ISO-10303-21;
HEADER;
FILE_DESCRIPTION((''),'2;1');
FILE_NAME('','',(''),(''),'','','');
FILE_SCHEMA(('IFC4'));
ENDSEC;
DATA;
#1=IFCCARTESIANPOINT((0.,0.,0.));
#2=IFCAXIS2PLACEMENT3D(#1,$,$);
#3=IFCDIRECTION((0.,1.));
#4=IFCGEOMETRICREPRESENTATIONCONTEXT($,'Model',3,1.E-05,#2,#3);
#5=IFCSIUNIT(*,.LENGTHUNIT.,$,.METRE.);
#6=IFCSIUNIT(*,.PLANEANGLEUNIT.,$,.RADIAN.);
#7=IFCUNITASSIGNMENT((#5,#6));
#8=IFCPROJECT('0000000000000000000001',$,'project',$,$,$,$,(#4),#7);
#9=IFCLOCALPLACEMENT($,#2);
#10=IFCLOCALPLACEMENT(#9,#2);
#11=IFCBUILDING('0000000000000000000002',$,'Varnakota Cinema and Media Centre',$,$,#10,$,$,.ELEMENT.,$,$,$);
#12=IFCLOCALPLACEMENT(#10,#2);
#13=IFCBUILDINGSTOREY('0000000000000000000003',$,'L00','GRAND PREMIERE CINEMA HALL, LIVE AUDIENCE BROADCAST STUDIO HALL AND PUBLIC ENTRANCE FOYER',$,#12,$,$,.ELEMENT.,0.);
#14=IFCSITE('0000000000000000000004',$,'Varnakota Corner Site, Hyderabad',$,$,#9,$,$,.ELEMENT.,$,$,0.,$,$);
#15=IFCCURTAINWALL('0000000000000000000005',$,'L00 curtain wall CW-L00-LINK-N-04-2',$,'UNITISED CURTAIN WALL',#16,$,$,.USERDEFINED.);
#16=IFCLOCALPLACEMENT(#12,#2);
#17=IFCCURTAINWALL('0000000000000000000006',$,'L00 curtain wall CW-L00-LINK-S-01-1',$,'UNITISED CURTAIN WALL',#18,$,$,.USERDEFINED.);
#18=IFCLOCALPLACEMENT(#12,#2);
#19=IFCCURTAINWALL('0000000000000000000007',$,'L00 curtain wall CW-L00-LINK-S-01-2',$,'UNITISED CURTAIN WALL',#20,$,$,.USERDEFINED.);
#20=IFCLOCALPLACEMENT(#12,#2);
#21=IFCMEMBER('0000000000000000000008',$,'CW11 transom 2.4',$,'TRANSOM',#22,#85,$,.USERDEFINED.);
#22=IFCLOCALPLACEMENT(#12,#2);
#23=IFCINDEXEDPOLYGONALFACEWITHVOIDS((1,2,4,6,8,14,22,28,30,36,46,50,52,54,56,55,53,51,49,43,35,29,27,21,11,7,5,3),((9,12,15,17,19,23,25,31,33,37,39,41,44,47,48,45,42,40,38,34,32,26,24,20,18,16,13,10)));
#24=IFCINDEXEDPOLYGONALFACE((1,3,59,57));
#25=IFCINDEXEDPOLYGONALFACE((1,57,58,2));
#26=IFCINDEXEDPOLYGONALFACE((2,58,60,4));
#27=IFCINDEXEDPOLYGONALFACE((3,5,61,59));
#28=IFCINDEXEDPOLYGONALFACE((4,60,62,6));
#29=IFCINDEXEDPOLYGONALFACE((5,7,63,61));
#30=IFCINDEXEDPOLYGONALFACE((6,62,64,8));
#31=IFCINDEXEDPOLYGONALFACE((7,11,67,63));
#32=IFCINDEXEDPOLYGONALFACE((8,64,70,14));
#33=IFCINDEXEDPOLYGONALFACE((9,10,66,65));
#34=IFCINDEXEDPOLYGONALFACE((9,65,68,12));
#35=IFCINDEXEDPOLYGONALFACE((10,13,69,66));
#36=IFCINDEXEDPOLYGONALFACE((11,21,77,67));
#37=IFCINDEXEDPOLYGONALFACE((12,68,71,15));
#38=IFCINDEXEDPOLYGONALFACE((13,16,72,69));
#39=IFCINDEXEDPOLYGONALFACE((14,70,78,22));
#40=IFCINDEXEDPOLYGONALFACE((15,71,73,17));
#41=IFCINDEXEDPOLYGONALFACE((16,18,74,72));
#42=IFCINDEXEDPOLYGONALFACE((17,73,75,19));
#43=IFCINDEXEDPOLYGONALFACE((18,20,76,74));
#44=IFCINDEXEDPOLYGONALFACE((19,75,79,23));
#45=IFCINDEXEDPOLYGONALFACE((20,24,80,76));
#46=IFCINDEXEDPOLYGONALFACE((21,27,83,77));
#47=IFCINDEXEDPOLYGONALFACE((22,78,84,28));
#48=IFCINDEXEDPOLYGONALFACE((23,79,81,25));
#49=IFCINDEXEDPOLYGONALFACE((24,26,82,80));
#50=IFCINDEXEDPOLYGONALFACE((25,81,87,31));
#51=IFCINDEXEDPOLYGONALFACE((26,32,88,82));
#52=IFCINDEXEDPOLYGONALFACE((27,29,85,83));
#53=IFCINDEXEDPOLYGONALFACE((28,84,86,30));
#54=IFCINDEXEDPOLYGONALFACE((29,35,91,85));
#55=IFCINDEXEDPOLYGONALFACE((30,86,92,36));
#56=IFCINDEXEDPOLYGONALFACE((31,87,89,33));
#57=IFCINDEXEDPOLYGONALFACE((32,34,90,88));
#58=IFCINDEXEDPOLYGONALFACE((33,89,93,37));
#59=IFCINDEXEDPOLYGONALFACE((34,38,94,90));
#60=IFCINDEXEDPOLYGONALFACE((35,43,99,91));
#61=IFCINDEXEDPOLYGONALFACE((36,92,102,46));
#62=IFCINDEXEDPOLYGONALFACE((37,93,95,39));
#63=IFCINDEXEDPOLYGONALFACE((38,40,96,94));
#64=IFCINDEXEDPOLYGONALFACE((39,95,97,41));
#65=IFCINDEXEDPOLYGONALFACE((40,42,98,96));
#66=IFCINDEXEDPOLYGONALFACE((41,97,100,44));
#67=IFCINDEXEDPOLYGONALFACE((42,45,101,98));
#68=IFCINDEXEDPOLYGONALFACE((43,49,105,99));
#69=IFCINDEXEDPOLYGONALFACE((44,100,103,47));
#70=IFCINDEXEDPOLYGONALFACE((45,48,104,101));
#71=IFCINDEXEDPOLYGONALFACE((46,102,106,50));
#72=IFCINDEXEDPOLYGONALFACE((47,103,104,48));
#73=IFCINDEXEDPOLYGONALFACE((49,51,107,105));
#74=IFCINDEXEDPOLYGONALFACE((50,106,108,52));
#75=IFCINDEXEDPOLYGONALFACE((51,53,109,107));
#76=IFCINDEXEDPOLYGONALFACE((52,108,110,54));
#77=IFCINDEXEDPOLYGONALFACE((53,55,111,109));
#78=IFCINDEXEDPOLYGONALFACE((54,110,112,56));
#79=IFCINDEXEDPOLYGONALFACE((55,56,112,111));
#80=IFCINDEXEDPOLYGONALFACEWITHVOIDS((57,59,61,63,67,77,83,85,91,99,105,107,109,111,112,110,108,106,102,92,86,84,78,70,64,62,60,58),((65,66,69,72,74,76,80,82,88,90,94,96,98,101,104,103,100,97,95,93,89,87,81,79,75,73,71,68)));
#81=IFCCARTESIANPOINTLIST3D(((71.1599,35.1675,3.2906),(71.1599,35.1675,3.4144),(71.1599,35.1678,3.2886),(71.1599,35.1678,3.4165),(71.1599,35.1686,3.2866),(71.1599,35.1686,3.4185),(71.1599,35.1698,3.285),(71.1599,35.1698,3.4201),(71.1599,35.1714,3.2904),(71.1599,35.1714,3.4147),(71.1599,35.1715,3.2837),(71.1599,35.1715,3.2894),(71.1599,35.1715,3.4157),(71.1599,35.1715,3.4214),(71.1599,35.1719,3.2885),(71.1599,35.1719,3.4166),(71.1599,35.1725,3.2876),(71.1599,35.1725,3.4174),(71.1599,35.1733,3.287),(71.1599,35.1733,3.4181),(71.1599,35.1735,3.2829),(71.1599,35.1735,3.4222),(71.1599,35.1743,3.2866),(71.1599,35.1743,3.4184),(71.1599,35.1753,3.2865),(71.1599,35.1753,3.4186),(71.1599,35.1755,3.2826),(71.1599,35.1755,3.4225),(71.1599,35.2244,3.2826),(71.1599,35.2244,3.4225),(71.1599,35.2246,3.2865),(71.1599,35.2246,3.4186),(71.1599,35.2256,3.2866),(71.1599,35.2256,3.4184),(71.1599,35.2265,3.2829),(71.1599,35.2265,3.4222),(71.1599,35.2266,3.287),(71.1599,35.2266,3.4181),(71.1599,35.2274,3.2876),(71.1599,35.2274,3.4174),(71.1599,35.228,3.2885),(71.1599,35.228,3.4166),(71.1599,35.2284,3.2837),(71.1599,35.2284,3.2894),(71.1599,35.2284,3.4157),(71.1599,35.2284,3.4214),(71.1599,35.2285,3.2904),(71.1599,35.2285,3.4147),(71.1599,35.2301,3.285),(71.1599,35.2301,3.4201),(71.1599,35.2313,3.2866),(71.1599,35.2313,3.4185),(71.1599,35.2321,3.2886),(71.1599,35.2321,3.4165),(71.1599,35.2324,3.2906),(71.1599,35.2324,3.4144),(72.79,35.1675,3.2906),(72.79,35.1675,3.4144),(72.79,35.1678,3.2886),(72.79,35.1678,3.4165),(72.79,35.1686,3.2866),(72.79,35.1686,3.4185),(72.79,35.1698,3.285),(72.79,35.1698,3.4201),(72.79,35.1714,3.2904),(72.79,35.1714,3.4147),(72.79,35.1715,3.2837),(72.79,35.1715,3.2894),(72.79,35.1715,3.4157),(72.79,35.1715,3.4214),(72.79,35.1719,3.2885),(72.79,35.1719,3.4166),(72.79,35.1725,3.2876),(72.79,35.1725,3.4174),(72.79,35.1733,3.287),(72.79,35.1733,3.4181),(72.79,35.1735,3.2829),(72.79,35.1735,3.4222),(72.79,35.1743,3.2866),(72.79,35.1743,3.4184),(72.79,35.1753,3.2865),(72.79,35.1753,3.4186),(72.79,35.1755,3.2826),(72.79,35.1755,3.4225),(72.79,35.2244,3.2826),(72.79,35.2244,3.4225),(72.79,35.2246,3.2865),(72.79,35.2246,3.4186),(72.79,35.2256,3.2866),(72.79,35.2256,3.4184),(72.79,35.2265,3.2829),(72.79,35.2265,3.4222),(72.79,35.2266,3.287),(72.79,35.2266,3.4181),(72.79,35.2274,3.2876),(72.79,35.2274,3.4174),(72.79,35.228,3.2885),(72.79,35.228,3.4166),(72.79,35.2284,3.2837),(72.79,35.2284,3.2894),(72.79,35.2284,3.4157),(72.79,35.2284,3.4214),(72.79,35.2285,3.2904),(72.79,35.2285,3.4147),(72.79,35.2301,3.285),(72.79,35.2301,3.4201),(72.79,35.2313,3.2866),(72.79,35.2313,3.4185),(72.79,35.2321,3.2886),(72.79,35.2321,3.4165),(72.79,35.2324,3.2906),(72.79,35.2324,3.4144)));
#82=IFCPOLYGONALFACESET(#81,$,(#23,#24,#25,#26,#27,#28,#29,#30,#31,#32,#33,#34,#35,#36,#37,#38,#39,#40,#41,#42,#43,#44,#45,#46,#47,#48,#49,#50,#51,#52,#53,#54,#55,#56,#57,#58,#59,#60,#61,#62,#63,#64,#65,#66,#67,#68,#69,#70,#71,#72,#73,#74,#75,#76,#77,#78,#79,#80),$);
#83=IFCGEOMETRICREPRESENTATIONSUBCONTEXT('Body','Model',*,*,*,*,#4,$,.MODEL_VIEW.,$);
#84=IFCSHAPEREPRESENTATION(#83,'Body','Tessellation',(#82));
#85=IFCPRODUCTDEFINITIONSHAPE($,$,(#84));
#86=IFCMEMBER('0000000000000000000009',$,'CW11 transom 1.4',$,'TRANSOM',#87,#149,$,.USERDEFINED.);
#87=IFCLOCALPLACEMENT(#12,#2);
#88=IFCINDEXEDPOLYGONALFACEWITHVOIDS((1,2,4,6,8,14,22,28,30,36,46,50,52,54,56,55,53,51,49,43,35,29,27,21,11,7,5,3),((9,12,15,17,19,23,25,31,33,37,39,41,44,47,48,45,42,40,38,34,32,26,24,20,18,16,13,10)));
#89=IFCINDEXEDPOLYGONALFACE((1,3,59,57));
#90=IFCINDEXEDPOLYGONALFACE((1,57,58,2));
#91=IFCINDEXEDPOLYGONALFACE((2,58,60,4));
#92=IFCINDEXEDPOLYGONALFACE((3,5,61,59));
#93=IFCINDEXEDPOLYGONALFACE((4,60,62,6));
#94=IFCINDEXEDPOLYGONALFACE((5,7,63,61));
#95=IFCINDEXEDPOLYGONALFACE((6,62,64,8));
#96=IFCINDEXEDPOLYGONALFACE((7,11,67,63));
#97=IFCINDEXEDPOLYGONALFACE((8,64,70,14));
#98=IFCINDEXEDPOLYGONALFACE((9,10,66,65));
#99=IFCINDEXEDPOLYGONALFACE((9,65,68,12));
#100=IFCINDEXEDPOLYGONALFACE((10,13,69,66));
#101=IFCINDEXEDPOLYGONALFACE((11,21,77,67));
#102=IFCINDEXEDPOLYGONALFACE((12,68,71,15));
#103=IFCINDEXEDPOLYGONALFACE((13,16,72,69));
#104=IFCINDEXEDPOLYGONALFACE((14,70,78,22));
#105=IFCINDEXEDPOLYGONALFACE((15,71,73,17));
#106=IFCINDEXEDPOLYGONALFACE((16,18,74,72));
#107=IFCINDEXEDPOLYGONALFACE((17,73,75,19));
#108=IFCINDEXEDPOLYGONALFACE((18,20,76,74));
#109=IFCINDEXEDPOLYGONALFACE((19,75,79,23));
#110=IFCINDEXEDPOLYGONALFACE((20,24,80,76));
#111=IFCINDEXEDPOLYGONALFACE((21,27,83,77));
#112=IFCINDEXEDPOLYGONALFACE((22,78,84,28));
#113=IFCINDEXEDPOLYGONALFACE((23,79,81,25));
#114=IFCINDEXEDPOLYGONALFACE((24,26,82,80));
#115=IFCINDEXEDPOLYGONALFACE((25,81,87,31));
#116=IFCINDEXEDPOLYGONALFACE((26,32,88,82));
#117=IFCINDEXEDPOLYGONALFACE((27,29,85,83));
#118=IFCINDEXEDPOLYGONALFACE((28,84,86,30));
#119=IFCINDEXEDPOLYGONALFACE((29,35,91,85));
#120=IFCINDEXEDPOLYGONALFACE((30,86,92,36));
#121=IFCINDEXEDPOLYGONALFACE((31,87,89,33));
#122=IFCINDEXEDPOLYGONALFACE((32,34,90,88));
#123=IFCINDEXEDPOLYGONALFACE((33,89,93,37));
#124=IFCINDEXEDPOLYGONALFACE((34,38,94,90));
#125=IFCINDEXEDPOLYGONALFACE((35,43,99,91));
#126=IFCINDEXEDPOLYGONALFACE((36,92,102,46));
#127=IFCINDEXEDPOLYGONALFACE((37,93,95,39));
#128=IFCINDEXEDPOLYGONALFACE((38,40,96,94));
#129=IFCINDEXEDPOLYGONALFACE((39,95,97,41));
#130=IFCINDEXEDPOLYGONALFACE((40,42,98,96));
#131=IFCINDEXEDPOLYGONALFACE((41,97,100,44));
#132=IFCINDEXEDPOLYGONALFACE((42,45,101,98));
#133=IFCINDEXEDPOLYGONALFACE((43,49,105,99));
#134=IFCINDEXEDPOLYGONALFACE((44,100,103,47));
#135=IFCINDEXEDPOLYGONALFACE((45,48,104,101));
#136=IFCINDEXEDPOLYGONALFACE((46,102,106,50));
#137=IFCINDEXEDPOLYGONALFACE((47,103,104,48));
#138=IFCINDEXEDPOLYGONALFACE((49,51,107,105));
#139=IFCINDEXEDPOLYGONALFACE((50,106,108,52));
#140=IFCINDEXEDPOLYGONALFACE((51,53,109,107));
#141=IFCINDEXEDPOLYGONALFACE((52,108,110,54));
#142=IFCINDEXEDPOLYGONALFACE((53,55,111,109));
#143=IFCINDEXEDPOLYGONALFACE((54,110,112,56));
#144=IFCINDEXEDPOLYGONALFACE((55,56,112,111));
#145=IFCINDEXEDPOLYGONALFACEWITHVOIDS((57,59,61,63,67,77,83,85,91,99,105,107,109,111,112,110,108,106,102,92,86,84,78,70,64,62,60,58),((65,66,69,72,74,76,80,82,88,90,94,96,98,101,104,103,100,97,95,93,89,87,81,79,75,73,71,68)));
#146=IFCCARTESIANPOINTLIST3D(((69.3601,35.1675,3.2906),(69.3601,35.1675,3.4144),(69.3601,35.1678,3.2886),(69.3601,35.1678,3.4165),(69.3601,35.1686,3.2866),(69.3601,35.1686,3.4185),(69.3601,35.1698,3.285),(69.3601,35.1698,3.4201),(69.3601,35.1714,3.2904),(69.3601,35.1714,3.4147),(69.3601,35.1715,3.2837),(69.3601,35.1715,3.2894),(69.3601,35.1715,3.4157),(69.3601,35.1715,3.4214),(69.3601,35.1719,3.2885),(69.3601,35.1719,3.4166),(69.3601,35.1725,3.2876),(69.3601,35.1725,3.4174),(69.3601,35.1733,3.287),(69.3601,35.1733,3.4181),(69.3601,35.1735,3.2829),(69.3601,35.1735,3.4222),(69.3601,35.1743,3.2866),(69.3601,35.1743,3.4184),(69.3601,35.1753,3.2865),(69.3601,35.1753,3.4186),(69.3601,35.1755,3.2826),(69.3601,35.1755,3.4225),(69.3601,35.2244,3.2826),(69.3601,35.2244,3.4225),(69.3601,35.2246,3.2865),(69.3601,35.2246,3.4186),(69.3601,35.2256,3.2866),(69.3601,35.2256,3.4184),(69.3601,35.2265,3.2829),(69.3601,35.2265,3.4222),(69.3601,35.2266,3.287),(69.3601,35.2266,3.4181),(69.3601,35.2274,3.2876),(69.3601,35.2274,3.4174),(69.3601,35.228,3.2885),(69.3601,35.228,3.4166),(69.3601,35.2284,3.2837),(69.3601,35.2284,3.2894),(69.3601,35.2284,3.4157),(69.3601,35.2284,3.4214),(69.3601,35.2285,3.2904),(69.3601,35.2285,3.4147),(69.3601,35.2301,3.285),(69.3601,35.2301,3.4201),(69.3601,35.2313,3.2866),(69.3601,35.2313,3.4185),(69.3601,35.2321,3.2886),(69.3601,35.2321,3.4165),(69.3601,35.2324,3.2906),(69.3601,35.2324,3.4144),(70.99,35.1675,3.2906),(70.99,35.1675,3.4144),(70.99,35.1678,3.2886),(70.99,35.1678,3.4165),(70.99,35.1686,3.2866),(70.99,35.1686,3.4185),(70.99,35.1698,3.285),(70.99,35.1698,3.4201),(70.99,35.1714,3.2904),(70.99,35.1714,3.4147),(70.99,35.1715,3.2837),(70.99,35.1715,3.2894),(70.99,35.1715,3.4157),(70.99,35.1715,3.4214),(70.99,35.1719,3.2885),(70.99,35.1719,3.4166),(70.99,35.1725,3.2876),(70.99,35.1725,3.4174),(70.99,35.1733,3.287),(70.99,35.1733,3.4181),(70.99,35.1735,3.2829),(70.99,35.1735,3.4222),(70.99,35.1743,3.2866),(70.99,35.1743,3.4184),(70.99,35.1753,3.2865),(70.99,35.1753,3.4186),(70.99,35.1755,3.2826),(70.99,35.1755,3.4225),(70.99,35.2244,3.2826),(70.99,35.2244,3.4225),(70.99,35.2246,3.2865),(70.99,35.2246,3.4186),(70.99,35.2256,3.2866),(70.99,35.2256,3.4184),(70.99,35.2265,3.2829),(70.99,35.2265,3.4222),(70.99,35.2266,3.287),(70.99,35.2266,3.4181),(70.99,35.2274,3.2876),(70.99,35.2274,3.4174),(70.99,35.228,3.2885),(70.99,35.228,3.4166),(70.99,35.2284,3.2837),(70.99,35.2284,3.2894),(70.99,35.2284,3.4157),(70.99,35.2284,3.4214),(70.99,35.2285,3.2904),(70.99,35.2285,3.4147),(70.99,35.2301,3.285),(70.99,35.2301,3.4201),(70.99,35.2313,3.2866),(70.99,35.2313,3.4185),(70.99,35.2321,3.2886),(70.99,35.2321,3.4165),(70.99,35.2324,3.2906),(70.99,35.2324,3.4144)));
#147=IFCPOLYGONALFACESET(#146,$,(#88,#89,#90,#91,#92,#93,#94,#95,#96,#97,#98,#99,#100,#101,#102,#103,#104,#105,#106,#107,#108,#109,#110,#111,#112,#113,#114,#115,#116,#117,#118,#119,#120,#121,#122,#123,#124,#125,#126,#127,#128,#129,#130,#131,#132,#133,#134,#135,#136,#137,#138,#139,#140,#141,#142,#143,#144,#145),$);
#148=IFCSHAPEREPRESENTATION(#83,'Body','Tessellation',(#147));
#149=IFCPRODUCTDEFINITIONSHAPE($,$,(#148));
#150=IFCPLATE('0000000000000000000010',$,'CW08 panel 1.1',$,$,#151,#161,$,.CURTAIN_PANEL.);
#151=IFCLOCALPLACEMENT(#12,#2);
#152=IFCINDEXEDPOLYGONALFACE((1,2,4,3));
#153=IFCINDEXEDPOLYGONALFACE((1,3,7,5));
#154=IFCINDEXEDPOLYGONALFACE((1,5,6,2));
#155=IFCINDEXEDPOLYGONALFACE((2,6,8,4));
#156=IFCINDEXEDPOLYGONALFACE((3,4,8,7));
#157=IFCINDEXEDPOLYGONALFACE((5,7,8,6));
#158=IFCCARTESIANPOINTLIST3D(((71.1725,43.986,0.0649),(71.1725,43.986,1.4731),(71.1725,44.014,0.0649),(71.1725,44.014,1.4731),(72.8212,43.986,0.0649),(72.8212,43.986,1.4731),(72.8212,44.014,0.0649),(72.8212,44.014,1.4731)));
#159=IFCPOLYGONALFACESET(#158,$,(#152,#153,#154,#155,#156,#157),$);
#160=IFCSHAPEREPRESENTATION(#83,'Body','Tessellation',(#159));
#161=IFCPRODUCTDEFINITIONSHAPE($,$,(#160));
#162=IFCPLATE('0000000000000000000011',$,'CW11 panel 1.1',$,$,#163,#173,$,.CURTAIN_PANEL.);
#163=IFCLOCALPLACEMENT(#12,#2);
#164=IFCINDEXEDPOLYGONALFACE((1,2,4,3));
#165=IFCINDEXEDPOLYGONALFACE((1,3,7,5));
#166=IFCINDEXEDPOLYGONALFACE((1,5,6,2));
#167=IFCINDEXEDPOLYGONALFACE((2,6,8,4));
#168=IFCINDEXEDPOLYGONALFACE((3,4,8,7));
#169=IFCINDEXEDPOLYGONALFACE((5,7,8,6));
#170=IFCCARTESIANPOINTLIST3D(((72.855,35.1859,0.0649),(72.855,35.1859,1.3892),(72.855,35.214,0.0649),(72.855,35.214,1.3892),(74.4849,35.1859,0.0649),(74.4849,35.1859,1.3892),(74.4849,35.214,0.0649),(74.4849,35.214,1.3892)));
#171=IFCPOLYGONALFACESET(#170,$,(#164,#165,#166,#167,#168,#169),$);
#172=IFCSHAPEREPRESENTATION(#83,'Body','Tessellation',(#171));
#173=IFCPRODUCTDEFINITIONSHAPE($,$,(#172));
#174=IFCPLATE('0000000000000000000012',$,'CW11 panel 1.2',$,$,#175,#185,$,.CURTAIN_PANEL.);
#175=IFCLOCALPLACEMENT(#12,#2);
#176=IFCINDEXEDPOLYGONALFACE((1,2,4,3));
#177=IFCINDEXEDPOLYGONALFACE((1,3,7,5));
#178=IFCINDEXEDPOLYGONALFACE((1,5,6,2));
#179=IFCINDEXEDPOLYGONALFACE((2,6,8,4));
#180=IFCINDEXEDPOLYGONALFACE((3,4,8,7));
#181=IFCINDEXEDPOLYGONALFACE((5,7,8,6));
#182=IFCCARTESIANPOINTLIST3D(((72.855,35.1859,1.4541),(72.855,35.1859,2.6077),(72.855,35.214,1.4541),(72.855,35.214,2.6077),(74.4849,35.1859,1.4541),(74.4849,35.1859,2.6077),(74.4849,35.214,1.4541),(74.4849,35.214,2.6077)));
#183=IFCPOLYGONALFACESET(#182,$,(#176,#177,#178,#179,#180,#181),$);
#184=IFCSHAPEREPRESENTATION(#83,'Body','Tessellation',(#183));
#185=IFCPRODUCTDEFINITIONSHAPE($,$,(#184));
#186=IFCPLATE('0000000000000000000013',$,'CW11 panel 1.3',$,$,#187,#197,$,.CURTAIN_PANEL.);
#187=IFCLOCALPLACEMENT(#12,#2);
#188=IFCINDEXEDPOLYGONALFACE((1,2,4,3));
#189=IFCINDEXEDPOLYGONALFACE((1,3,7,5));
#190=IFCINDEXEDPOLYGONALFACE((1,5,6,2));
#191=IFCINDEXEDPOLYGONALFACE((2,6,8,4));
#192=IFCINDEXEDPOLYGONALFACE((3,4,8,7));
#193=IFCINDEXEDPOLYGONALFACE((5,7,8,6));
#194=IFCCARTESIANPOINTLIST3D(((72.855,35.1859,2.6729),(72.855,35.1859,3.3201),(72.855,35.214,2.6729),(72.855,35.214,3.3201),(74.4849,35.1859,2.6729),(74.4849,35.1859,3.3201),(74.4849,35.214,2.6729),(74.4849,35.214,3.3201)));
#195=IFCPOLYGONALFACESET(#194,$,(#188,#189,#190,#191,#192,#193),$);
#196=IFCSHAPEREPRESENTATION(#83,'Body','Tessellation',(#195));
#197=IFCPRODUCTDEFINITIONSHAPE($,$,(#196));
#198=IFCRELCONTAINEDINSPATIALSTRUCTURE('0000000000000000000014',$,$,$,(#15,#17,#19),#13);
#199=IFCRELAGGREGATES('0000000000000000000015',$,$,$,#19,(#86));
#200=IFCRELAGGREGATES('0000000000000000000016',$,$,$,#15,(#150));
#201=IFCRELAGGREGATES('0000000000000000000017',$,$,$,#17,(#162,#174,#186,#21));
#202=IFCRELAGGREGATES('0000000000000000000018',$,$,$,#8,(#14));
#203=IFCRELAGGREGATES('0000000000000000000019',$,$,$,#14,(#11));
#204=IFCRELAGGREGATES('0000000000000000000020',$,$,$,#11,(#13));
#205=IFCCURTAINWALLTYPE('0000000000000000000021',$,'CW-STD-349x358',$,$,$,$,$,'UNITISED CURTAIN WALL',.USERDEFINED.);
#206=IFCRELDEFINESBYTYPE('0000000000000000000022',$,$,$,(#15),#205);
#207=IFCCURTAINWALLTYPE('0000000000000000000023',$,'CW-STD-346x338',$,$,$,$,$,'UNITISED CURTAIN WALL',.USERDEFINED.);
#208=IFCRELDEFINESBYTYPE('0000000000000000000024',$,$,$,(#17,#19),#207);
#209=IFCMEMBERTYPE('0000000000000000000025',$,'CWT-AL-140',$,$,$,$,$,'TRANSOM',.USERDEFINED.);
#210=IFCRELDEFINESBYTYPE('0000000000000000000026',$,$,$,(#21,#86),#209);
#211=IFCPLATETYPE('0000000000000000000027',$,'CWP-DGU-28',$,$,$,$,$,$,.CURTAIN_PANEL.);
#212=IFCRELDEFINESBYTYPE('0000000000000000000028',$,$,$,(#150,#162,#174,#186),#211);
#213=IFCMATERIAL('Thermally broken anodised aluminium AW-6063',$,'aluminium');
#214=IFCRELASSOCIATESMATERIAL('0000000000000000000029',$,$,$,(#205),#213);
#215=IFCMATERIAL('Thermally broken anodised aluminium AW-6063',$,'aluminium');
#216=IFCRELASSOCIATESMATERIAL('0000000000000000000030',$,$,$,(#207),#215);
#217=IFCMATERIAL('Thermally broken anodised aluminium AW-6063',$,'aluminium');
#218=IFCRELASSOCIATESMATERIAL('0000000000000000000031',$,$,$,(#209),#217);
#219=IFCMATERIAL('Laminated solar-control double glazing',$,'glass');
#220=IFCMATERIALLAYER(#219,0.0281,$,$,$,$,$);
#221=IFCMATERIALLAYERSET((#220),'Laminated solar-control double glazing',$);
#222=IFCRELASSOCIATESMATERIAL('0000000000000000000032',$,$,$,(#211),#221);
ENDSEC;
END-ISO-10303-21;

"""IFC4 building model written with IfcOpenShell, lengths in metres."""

from ifc_helpers import new_model, si_unit, direction, frame, origin, origin_2d, place, context, subcontext, project, spatial, rectangle, hollow_rectangle, extrude, material, layer, layer_set, material_profile, profile_set, type_object, element, aggregate, save


model = new_model("IFC4")

# Units and contexts
model_context = context("Model", 3, precision=1e-05, world=origin(), true_north=direction((0.0, 1.0)))
body_context = subcontext(model_context, "Body", "Model", "MODEL_VIEW")
ifc_project = project(units=[si_unit("LENGTHUNIT", "METRE"), si_unit("PLANEANGLEUNIT", "RADIAN")], contexts=[model_context])

# Site, building, storey
site_placement = place(None, origin())
site = spatial("IfcSite", under=ifc_project, at=site_placement, Name="Varnakota Corner Site, Hyderabad", CompositionType="ELEMENT", RefElevation=0.0)
building_placement = place(site_placement, origin())
building = spatial("IfcBuilding", under=site, at=building_placement, Name="Varnakota Cinema and Media Centre", CompositionType="ELEMENT")
storey_placement = place(building_placement, origin())
storey = spatial("IfcBuildingStorey", under=building, at=storey_placement, Name="L00", Description="GRAND PREMIERE CINEMA HALL, LIVE AUDIENCE BROADCAST STUDIO HALL AND PUBLIC ENTRANCE FOYER", CompositionType="ELEMENT", Elevation=0.0)

# Curtain wall
ifc_material_1 = material(Name="Thermally broken anodised aluminium AW-6063", Category="aluminium")
curtain_wall_type_1 = type_object("IfcCurtainWallType", Name="CW-STD-349x358", ElementType="UNITISED CURTAIN WALL", PredefinedType="USERDEFINED", material=ifc_material_1)
curtain_wall_1_placement = place(storey_placement, origin())
curtain_wall_1 = element("IfcCurtainWall", 1, at=curtain_wall_1_placement, inside=storey, type_object=curtain_wall_type_1, Name="L00 curtain wall CW-L00-LINK-N-04-2", ObjectType="UNITISED CURTAIN WALL", PredefinedType="USERDEFINED")

# Curtain wall
ifc_material_2 = material(Name="Thermally broken anodised aluminium AW-6063", Category="aluminium")
curtain_wall_type_2 = type_object("IfcCurtainWallType", Name="CW-STD-346x338", ElementType="UNITISED CURTAIN WALL", PredefinedType="USERDEFINED", material=ifc_material_2)
curtain_wall_2_placement = place(storey_placement, origin())
curtain_wall_2 = element("IfcCurtainWall", 2, at=curtain_wall_2_placement, inside=storey, type_object=curtain_wall_type_2, Name="L00 curtain wall CW-L00-LINK-S-01-1", ObjectType="UNITISED CURTAIN WALL", PredefinedType="USERDEFINED")

# Curtain wall
curtain_wall_3_placement = place(storey_placement, origin())
curtain_wall_3 = element("IfcCurtainWall", 3, at=curtain_wall_3_placement, inside=storey, type_object=curtain_wall_type_2, Name="L00 curtain wall CW-L00-LINK-S-01-2", ObjectType="UNITISED CURTAIN WALL", PredefinedType="USERDEFINED")

# Members
ifc_material_3 = material(Name="Thermally broken anodised aluminium AW-6063", Category="aluminium")
ifc_material_profile_1 = material_profile(ifc_material_3, hollow_rectangle(XDim=0.0649, YDim=0.1399, WallThickness=0.0039, InnerFilletRadius=0.0039, OuterFilletRadius=0.0081, at=origin_2d()), Name="AL-TRANSOM 140x65x4")
ifc_profile_set_1 = profile_set([ifc_material_profile_1], Name="Thermally broken anodised aluminium AW-6063")
member_type_1 = type_object("IfcMemberType", Name="CWT-AL-140", ElementType="TRANSOM", PredefinedType="USERDEFINED", material=ifc_profile_set_1)
member_1_placement = place(storey_placement, frame((72.79, 35.2, 3.3525), z_axis=(-1.0, 0.0, 0.0), x_axis=(0.0, -1.0, 0.0)))
member_1 = element("IfcMember", 4, at=member_1_placement, type_object=member_type_1, Name="CW11 transom 2.4", ObjectType="TRANSOM", PredefinedType="USERDEFINED", context=body_context, shape_type="SweptSolid", body=[
    extrude(hollow_rectangle(XDim=0.0649, YDim=0.1399, WallThickness=0.0039, InnerFilletRadius=0.0039, OuterFilletRadius=0.0081, at=origin_2d()), origin(), (0.0, 0.0, 1.0), 1.6301),
])
member_2_placement = place(storey_placement, frame((70.99, 35.2, 3.3525), z_axis=(-1.0, 0.0, 0.0), x_axis=(0.0, -1.0, 0.0)))
member_2 = element("IfcMember", 5, at=member_2_placement, type_object=member_type_1, Name="CW11 transom 1.4", ObjectType="TRANSOM", PredefinedType="USERDEFINED", context=body_context, shape_type="SweptSolid", body=[
    extrude(hollow_rectangle(XDim=0.0649, YDim=0.1399, WallThickness=0.0039, InnerFilletRadius=0.0039, OuterFilletRadius=0.0081, at=origin_2d()), origin(), (0.0, 0.0, 1.0), 1.6299),
])
aggregate(curtain_wall_3, [member_2])

# Plates
ifc_material_4 = material(Name="Laminated solar-control double glazing", Category="glass")
ifc_layer_1 = layer(ifc_material_4, 0.0281)
ifc_layer_set_1 = layer_set([ifc_layer_1], Name="Laminated solar-control double glazing")
plate_type = type_object("IfcPlateType", Name="CWP-DGU-28", PredefinedType="CURTAIN_PANEL", material=ifc_layer_set_1)
plate_1_placement = place(storey_placement, frame((71.9968, 44.0, 0.0649), z_axis=(0.0, 0.0, 1.0), x_axis=(1.0, 0.0, 0.0)))
plate_1 = element("IfcPlate", 6, at=plate_1_placement, type_object=plate_type, Name="CW08 panel 1.1", PredefinedType="CURTAIN_PANEL", context=body_context, shape_type="SweptSolid", body=[
    extrude(rectangle(XDim=1.6487, YDim=0.0281, at=origin_2d()), origin(), (0.0, 0.0, 1.0), 1.4082),
])
aggregate(curtain_wall_1, [plate_1])
plate_2_placement = place(storey_placement, frame((73.6699, 35.2, 0.0649), z_axis=(0.0, 0.0, 1.0), x_axis=(-1.0, 0.0, 0.0)))
plate_2 = element("IfcPlate", 7, at=plate_2_placement, type_object=plate_type, Name="CW11 panel 1.1", PredefinedType="CURTAIN_PANEL", context=body_context, shape_type="SweptSolid", body=[
    extrude(rectangle(XDim=1.6299, YDim=0.0281, at=origin_2d()), origin(), (0.0, 0.0, 1.0), 1.3242),
])
plate_3_placement = place(storey_placement, frame((73.6699, 35.2, 1.4541), z_axis=(0.0, 0.0, 1.0), x_axis=(-1.0, 0.0, 0.0)))
plate_3 = element("IfcPlate", 8, at=plate_3_placement, type_object=plate_type, Name="CW11 panel 1.2", PredefinedType="CURTAIN_PANEL", context=body_context, shape_type="SweptSolid", body=[
    extrude(rectangle(XDim=1.6299, YDim=0.0281, at=origin_2d()), origin(), (0.0, 0.0, 1.0), 1.1536),
])
plate_4_placement = place(storey_placement, frame((73.6699, 35.2, 2.6729), z_axis=(0.0, 0.0, 1.0), x_axis=(-1.0, 0.0, 0.0)))
plate_4 = element("IfcPlate", 9, at=plate_4_placement, type_object=plate_type, Name="CW11 panel 1.3", PredefinedType="CURTAIN_PANEL", context=body_context, shape_type="SweptSolid", body=[
    extrude(rectangle(XDim=1.6299, YDim=0.0281, at=origin_2d()), origin(), (0.0, 0.0, 1.0), 0.6472),
])
aggregate(curtain_wall_2, [plate_2, plate_3, plate_4, member_1])

save(model, "model.ifc")
